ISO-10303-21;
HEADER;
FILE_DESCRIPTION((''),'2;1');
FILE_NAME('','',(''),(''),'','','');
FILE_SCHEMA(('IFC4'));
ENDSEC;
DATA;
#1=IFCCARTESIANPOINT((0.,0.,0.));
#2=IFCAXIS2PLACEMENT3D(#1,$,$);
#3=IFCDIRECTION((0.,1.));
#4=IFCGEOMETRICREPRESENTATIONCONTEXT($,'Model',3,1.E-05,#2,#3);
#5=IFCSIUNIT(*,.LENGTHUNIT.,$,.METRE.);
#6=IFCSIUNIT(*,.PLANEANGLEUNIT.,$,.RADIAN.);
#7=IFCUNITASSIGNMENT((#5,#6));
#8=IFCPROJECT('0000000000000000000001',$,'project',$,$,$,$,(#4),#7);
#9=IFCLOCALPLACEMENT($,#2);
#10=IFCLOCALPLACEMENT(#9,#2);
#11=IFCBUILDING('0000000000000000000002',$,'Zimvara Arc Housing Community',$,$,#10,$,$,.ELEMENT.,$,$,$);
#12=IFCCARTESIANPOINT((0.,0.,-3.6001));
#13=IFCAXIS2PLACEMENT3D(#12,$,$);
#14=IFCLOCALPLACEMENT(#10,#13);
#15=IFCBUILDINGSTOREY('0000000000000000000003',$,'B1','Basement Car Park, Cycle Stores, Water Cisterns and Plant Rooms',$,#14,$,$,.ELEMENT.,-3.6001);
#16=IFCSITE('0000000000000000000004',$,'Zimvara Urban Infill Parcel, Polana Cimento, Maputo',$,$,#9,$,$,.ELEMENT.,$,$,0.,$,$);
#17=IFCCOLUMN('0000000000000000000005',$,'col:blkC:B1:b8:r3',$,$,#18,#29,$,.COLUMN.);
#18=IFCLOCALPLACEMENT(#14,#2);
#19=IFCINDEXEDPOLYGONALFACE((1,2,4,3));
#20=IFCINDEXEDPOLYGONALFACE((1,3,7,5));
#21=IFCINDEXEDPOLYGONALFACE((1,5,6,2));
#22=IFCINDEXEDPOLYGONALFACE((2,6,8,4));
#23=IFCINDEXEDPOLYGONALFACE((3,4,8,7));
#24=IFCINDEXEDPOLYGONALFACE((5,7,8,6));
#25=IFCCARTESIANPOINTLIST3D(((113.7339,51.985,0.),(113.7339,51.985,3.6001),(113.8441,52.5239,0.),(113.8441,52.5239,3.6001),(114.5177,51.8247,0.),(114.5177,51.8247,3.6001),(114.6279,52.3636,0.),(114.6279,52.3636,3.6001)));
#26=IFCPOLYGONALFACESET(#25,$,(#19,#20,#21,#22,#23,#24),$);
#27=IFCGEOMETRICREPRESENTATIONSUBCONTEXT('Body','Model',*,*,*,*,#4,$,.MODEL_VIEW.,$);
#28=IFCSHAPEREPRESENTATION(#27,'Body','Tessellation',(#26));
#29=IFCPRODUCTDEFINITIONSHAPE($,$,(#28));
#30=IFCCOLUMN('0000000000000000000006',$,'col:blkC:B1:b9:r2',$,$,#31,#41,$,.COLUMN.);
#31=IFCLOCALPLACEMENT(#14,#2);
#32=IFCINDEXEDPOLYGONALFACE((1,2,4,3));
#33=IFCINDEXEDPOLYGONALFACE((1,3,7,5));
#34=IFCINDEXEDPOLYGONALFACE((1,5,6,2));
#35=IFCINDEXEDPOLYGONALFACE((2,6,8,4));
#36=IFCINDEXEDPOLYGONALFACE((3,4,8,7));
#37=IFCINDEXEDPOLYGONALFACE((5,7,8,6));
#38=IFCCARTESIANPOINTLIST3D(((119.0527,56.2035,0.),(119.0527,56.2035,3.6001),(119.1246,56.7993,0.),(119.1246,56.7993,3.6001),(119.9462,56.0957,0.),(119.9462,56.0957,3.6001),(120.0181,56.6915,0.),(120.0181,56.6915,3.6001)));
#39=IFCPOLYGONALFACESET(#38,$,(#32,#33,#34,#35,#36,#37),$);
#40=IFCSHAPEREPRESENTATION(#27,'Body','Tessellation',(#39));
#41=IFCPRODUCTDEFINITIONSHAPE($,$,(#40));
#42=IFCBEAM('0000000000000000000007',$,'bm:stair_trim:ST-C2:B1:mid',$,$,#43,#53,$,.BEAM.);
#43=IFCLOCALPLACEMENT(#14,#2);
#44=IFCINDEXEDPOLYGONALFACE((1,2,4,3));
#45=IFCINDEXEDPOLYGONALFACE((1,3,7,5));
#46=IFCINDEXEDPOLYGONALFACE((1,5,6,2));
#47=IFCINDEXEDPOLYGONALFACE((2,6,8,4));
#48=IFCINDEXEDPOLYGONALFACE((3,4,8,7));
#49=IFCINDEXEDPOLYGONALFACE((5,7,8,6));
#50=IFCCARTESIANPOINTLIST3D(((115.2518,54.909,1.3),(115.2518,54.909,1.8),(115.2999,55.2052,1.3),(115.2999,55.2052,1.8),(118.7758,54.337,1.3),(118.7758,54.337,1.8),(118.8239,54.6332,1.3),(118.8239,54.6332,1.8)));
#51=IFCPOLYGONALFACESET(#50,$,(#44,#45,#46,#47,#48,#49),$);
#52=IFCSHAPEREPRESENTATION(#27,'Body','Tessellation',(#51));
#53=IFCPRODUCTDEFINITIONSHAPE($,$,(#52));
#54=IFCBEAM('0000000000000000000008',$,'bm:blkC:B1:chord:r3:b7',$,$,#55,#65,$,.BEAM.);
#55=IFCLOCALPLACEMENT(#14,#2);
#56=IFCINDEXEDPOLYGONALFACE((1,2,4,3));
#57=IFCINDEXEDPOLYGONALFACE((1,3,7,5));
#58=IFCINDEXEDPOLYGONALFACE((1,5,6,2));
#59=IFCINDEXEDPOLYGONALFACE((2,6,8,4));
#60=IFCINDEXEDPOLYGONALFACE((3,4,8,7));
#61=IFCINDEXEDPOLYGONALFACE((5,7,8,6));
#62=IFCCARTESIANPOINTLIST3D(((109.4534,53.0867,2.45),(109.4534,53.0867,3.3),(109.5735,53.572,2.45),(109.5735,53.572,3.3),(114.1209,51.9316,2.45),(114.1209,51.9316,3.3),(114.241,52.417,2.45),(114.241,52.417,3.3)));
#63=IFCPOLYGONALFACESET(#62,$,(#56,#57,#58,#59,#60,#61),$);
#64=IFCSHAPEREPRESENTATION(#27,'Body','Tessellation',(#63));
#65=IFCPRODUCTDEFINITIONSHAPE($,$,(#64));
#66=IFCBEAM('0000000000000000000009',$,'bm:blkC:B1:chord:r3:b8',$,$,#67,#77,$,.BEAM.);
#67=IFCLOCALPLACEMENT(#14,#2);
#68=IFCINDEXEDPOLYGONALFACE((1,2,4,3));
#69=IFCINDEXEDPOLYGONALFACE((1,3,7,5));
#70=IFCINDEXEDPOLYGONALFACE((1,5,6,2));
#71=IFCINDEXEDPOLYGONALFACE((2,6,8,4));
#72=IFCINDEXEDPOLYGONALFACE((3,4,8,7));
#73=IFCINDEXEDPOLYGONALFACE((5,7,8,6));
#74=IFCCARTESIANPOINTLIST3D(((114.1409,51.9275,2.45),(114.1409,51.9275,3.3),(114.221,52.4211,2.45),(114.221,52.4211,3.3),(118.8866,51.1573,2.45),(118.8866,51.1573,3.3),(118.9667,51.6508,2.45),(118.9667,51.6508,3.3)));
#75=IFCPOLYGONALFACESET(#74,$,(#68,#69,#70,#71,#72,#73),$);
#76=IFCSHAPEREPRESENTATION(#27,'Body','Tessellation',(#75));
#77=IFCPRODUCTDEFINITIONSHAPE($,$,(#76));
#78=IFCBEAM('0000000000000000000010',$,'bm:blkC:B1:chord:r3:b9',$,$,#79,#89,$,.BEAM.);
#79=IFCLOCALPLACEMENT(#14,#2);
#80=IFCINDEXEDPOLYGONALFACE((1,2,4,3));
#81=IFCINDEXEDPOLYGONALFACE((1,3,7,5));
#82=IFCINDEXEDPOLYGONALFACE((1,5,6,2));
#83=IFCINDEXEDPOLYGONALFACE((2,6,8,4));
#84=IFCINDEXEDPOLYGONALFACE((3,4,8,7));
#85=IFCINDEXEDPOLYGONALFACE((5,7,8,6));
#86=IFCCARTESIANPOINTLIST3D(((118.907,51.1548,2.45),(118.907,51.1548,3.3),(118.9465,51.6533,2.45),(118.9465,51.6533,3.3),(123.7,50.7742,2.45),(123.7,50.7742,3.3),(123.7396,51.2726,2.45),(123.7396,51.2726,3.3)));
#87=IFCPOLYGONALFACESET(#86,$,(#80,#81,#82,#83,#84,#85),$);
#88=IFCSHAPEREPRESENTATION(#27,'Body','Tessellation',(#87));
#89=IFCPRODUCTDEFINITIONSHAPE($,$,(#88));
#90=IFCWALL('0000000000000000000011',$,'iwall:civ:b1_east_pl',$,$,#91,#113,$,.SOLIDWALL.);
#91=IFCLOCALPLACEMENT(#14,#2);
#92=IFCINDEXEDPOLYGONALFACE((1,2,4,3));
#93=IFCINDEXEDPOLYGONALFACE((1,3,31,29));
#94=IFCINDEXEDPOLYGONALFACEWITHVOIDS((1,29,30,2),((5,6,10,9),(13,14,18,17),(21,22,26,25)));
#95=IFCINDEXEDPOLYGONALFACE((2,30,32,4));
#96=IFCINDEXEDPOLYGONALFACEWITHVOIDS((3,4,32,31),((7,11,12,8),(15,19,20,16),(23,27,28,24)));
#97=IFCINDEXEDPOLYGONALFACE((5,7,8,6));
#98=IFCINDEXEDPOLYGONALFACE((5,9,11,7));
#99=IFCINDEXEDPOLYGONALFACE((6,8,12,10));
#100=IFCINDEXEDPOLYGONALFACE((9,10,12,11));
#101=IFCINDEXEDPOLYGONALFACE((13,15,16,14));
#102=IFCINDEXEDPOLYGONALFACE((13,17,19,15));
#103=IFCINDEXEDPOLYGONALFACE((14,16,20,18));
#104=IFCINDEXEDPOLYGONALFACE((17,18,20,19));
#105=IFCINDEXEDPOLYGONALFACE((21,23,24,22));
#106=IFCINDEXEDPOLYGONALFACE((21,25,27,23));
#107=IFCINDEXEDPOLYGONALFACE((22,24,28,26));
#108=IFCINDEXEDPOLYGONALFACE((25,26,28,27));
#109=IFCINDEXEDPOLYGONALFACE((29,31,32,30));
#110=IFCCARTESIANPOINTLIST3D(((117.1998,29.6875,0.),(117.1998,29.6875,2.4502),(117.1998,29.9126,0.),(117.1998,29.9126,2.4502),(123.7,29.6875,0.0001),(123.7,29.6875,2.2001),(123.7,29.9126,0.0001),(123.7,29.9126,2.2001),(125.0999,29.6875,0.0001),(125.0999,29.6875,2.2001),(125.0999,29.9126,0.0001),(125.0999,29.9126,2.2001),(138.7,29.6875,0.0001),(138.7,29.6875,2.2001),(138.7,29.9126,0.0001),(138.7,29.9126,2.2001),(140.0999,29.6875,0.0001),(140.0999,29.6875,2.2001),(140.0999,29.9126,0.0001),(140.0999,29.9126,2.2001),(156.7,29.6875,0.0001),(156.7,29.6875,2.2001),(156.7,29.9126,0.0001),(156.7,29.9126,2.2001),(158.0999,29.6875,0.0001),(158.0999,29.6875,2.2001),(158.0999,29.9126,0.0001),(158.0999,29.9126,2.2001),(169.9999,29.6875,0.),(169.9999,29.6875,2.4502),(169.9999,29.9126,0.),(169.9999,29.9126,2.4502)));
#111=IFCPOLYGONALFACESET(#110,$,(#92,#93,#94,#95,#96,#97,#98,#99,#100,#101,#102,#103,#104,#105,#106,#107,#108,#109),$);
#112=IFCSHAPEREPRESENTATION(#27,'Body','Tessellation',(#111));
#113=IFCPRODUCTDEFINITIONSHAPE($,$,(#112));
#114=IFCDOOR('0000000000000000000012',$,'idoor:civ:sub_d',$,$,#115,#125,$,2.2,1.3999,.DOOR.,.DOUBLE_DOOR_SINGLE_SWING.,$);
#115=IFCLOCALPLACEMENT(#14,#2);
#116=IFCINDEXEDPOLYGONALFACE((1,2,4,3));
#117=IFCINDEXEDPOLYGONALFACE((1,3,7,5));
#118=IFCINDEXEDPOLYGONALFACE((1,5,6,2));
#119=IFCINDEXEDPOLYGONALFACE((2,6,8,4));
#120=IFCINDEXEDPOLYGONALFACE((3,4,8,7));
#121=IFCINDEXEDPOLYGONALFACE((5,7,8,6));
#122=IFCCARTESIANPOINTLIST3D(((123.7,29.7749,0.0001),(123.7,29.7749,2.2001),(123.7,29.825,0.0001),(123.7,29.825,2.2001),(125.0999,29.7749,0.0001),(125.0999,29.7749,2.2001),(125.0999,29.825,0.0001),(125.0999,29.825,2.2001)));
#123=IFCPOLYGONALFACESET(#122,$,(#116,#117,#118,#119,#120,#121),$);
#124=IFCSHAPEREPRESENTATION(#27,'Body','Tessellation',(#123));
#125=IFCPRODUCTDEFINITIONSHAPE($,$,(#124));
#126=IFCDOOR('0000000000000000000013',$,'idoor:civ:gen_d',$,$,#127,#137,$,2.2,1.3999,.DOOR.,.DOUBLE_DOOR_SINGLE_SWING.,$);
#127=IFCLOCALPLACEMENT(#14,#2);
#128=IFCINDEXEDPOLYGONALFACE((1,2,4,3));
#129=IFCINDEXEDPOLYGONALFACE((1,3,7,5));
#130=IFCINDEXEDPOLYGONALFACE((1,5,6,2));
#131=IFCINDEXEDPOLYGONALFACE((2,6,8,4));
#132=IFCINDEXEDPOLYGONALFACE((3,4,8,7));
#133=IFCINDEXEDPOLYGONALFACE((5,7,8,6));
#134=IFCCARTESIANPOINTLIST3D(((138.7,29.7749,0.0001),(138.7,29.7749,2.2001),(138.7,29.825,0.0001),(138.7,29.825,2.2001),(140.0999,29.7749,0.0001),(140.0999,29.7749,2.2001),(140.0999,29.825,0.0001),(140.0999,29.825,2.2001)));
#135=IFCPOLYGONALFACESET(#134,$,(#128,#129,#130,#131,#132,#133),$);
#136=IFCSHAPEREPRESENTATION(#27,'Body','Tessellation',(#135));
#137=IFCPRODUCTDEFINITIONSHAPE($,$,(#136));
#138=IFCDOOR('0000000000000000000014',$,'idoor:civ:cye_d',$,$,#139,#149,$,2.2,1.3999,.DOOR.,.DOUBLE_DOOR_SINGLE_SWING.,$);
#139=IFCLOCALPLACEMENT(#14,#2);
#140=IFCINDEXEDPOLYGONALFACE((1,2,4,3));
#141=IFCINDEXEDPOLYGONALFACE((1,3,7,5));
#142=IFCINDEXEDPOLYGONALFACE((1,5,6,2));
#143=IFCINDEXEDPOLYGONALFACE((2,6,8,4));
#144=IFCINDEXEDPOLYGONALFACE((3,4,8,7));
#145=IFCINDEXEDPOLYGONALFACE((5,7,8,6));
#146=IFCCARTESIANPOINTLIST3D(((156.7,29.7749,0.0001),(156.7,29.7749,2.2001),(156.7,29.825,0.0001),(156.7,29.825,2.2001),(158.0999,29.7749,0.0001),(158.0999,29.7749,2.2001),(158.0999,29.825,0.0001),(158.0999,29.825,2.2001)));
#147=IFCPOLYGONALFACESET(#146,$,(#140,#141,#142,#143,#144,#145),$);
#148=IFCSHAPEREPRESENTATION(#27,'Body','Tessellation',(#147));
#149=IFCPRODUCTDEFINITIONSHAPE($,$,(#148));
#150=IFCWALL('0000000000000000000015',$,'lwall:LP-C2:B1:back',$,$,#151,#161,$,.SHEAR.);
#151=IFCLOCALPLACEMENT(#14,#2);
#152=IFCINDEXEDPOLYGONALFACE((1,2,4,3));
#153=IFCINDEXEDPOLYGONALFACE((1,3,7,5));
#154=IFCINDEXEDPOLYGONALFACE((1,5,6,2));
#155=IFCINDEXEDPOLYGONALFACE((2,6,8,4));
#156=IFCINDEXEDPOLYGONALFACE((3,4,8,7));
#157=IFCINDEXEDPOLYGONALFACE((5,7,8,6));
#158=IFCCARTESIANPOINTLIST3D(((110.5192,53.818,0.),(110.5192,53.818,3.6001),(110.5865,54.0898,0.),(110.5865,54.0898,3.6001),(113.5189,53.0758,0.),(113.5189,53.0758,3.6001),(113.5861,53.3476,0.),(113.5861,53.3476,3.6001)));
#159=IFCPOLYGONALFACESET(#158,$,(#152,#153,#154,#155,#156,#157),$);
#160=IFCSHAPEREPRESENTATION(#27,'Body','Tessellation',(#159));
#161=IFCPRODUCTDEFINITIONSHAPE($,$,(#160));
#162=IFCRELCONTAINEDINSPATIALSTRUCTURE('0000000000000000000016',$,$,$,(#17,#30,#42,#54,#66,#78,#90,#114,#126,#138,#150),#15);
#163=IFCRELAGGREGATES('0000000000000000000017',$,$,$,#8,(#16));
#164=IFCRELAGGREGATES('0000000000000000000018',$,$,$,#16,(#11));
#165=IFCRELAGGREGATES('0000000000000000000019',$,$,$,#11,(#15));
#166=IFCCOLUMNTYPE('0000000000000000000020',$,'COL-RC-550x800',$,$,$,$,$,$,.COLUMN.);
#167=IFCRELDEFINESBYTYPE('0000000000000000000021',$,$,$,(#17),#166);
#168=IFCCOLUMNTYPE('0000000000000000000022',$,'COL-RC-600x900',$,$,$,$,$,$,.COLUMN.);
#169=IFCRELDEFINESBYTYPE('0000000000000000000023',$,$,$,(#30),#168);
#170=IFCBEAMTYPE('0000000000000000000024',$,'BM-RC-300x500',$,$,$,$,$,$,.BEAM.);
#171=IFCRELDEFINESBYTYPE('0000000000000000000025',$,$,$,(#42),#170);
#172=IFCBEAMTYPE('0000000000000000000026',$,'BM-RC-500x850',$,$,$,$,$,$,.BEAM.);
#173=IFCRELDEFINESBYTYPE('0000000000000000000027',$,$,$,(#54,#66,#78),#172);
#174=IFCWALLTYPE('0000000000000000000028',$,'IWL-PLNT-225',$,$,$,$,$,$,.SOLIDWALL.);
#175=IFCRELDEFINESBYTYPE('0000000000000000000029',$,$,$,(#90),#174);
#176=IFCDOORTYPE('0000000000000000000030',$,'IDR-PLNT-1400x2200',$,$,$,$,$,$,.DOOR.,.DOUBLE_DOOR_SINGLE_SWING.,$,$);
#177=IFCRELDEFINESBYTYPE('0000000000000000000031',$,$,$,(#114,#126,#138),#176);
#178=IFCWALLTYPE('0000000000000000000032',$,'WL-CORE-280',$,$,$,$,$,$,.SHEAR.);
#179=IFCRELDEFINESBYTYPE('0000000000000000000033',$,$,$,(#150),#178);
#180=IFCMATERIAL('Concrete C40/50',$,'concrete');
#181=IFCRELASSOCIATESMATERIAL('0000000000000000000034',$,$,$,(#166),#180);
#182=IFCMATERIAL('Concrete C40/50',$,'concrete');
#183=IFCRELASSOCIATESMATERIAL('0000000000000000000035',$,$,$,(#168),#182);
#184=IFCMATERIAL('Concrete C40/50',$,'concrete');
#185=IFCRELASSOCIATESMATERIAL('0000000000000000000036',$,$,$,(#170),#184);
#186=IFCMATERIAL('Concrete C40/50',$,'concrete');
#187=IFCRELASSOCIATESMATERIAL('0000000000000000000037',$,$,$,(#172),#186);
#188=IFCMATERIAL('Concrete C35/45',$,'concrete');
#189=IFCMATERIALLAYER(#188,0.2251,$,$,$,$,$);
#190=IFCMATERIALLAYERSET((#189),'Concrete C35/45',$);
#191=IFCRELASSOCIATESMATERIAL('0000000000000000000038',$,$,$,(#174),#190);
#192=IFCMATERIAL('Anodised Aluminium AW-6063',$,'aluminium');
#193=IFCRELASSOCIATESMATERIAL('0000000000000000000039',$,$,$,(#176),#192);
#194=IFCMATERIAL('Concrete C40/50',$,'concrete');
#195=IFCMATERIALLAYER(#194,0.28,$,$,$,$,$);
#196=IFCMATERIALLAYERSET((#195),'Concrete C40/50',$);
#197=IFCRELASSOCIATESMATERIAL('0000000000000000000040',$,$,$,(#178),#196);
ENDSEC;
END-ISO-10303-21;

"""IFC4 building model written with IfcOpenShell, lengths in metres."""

from ifc_helpers import new_model, si_unit, direction, frame, frame_2d, origin, origin_2d, place, context, subcontext, project, spatial, rectangle, extrude, material, layer, layer_set, material_profile, profile_set, type_object, element, fill, save


model = new_model("IFC4")

# Units and contexts
model_context = context("Model", 3, precision=1e-05, world=origin(), true_north=direction((0.0, 1.0)))
body_context = subcontext(model_context, "Body", "Model", "MODEL_VIEW")
ifc_project = project(units=[si_unit("LENGTHUNIT", "METRE"), si_unit("PLANEANGLEUNIT", "RADIAN")], contexts=[model_context])

# Site, building, storey
site_placement = place(None, origin())
site = spatial("IfcSite", under=ifc_project, at=site_placement, Name="Zimvara Urban Infill Parcel, Polana Cimento, Maputo", CompositionType="ELEMENT", RefElevation=0.0)
building_placement = place(site_placement, origin())
building = spatial("IfcBuilding", under=site, at=building_placement, Name="Zimvara Arc Housing Community", CompositionType="ELEMENT")
storey_placement = place(building_placement, frame((0.0, 0.0, -3.6001)))
storey = spatial("IfcBuildingStorey", under=building, at=storey_placement, Name="B1", Description="Basement Car Park, Cycle Stores, Water Cisterns and Plant Rooms", CompositionType="ELEMENT", Elevation=-3.6001)

# Columns
ifc_material_1 = material(Name="Concrete C40/50", Category="concrete")
ifc_material_profile_1 = material_profile(ifc_material_1, rectangle(XDim=0.55, YDim=0.8, at=origin_2d()), Name="RC 550x800")
ifc_profile_set_1 = profile_set([ifc_material_profile_1], Name="Concrete C40/50")
column_type_1 = type_object("IfcColumnType", Name="COL-RC-550x800", PredefinedType="COLUMN", material=ifc_profile_set_1)
column_1_placement = place(storey_placement, frame((114.1809, 52.1743, 0.0), z_axis=(0.0, 0.0, 1.0), x_axis=(-0.200394, -0.979715, 0.0)))
element("IfcColumn", 1, at=column_1_placement, inside=storey, type_object=column_type_1, Name="col:blkC:B1:b8:r3", PredefinedType="COLUMN", context=body_context, shape_type="SweptSolid", body=[
    extrude(rectangle(XDim=0.55, YDim=0.8, at=origin_2d()), origin(), (0.0, 0.0, 1.0), 3.6001),
])
ifc_material_2 = material(Name="Concrete C40/50", Category="concrete")
ifc_material_profile_2 = material_profile(ifc_material_2, rectangle(XDim=0.6001, YDim=0.8999, at=origin_2d()), Name="RC 600x900")
ifc_profile_set_2 = profile_set([ifc_material_profile_2], Name="Concrete C40/50")
column_type_2 = type_object("IfcColumnType", Name="COL-RC-600x900", PredefinedType="COLUMN", material=ifc_profile_set_2)
column_2_placement = place(storey_placement, frame((119.5354, 56.4475, 0.0), z_axis=(0.0, 0.0, 1.0), x_axis=(-0.11979, -0.992799, 0.0)))
element("IfcColumn", 2, at=column_2_placement, inside=storey, type_object=column_type_2, Name="col:blkC:B1:b9:r2", PredefinedType="COLUMN", context=body_context, shape_type="SweptSolid", body=[
    extrude(rectangle(XDim=0.6001, YDim=0.8999, at=origin_2d()), origin(), (0.0, 0.0, 1.0), 3.6001),
])

# Beams
ifc_material_3 = material(Name="Concrete C40/50", Category="concrete")
ifc_material_profile_3 = material_profile(ifc_material_3, rectangle(XDim=0.3, YDim=0.5, at=origin_2d()), Name="RC 300x500")
ifc_profile_set_3 = profile_set([ifc_material_profile_3], Name="Concrete C40/50")
beam_type_1 = type_object("IfcBeamType", Name="BM-RC-300x500", PredefinedType="BEAM", material=ifc_profile_set_3)
beam_1_placement = place(storey_placement, frame((115.2759, 55.0571, 1.55), z_axis=(0.98708, -0.160228, 0.0), x_axis=(0.160228, 0.98708, 0.0)))
element("IfcBeam", 3, at=beam_1_placement, inside=storey, type_object=beam_type_1, Name="bm:stair_trim:ST-C2:B1:mid", PredefinedType="BEAM", context=body_context, shape_type="SweptSolid", body=[
    extrude(rectangle(XDim=0.3, YDim=0.5, at=origin_2d()), origin(), (0.0, 0.0, 1.0), 3.5701),
])
ifc_material_4 = material(Name="Concrete C40/50", Category="concrete")
ifc_material_profile_4 = material_profile(ifc_material_4, rectangle(XDim=0.5, YDim=0.8501, at=origin_2d()), Name="RC 500x850")
ifc_profile_set_4 = profile_set([ifc_material_profile_4], Name="Concrete C40/50")
beam_type_2 = type_object("IfcBeamType", Name="BM-RC-500x850", PredefinedType="BEAM", material=ifc_profile_set_4)
beam_2_placement = place(storey_placement, frame((109.5134, 53.3293, 2.875), z_axis=(0.970719, -0.240217, 0.0), x_axis=(0.240217, 0.970719, 0.0)))
element("IfcBeam", 4, at=beam_2_placement, inside=storey, type_object=beam_type_2, Name="bm:blkC:B1:chord:r3:b7", PredefinedType="BEAM", context=body_context, shape_type="SweptSolid", body=[
    extrude(rectangle(XDim=0.5, YDim=0.8501, at=origin_2d()), origin(), (0.0, 0.0, 1.0), 4.8083),
])
beam_3_placement = place(storey_placement, frame((114.1809, 52.1743, 2.875), z_axis=(0.987084, -0.160206, 0.0), x_axis=(0.160206, 0.987084, 0.0)))
element("IfcBeam", 5, at=beam_3_placement, inside=storey, type_object=beam_type_2, Name="bm:blkC:B1:chord:r3:b8", PredefinedType="BEAM", context=body_context, shape_type="SweptSolid", body=[
    extrude(rectangle(XDim=0.5, YDim=0.8501, at=origin_2d()), origin(), (0.0, 0.0, 1.0), 4.8079),
])
beam_4_placement = place(storey_placement, frame((118.9268, 51.4041, 2.875), z_axis=(0.996862, -0.079162, 0.0), x_axis=(0.079162, 0.996862, 0.0)))
element("IfcBeam", 6, at=beam_4_placement, inside=storey, type_object=beam_type_2, Name="bm:blkC:B1:chord:r3:b9", PredefinedType="BEAM", context=body_context, shape_type="SweptSolid", body=[
    extrude(rectangle(XDim=0.5, YDim=0.8501, at=origin_2d()), origin(), (0.0, 0.0, 1.0), 4.8081),
])

# Wall, openings, doors
ifc_material_5 = material(Name="Concrete C35/45", Category="concrete")
ifc_layer_1 = layer(ifc_material_5, 0.2251)
ifc_layer_set_1 = layer_set([ifc_layer_1], Name="Concrete C35/45")
wall_type_1 = type_object("IfcWallType", Name="IWL-PLNT-225", PredefinedType="SOLIDWALL", material=ifc_layer_set_1)
wall_1_placement = place(storey_placement, frame((117.2, 29.8, 0.0), z_axis=(0.0, 0.0, 1.0), x_axis=(1.0, 0.0, 0.0)))
wall_1 = element("IfcWall", 7, at=wall_1_placement, inside=storey, type_object=wall_type_1, Name="iwall:civ:b1_east_pl", PredefinedType="SOLIDWALL", context=body_context, shape_type="SweptSolid", body=[
    extrude(rectangle(XDim=52.8, YDim=0.2251, at=frame_2d((26.3999, 0.0))), origin(), (0.0, 0.0, 1.0), 2.4502),
])
opening_1_placement = place(wall_1_placement, frame((6.5, 0.0, 0.0)))
opening_1 = element("IfcOpeningElement", 8, at=opening_1_placement, cuts=wall_1, PredefinedType="OPENING", context=body_context, shape_type="SweptSolid", body=[
    extrude(rectangle(XDim=1.3999, YDim=2.2, at=frame_2d((0.7, 1.1001))), frame((0.0, 0.1226, 0.0), z_axis=(0.0, -1.0, 0.0), x_axis=(1.0, 0.0, 0.0)), (0.0, 0.0, 1.0), 0.2451),
])
opening_2_placement = place(wall_1_placement, frame((21.5, 0.0, 0.0)))
opening_2 = element("IfcOpeningElement", 9, at=opening_2_placement, cuts=wall_1, PredefinedType="OPENING", context=body_context, shape_type="SweptSolid", body=[
    extrude(rectangle(XDim=1.3999, YDim=2.2, at=frame_2d((0.7, 1.1001))), frame((0.0, 0.1226, 0.0), z_axis=(0.0, -1.0, 0.0), x_axis=(1.0, 0.0, 0.0)), (0.0, 0.0, 1.0), 0.2451),
])
opening_3_placement = place(wall_1_placement, frame((39.5, 0.0, 0.0)))
opening_3 = element("IfcOpeningElement", 10, at=opening_3_placement, cuts=wall_1, PredefinedType="OPENING", context=body_context, shape_type="SweptSolid", body=[
    extrude(rectangle(XDim=1.3999, YDim=2.2, at=frame_2d((0.7, 1.1001))), frame((0.0, 0.1226, 0.0), z_axis=(0.0, -1.0, 0.0), x_axis=(1.0, 0.0, 0.0)), (0.0, 0.0, 1.0), 0.2451),
])
ifc_material_6 = material(Name="Anodised Aluminium AW-6063", Category="aluminium")
door_type_1 = type_object("IfcDoorType", Name="IDR-PLNT-1400x2200", OperationType="DOUBLE_DOOR_SINGLE_SWING", PredefinedType="DOOR", material=ifc_material_6)
door_1_placement = place(opening_1_placement, origin())
door_1 = element("IfcDoor", 11, at=door_1_placement, inside=storey, type_object=door_type_1, Name="idoor:civ:sub_d", OperationType="DOUBLE_DOOR_SINGLE_SWING", OverallHeight=2.2, OverallWidth=1.3999, PredefinedType="DOOR", context=body_context, shape_type="SweptSolid", body=[
    extrude(rectangle(XDim=1.3999, YDim=2.2, at=frame_2d((0.7, 1.1001))), frame((0.0, 0.0249, 0.0), z_axis=(0.0, -1.0, 0.0), x_axis=(1.0, 0.0, 0.0)), (0.0, 0.0, 1.0), 0.05),
])
fill(opening_1, door_1)
door_2_placement = place(opening_2_placement, origin())
door_2 = element("IfcDoor", 12, at=door_2_placement, inside=storey, type_object=door_type_1, Name="idoor:civ:gen_d", OperationType="DOUBLE_DOOR_SINGLE_SWING", OverallHeight=2.2, OverallWidth=1.3999, PredefinedType="DOOR", context=body_context, shape_type="SweptSolid", body=[
    extrude(rectangle(XDim=1.3999, YDim=2.2, at=frame_2d((0.7, 1.1001))), frame((0.0, 0.0249, 0.0), z_axis=(0.0, -1.0, 0.0), x_axis=(1.0, 0.0, 0.0)), (0.0, 0.0, 1.0), 0.05),
])
fill(opening_2, door_2)
door_3_placement = place(opening_3_placement, origin())
door_3 = element("IfcDoor", 13, at=door_3_placement, inside=storey, type_object=door_type_1, Name="idoor:civ:cye_d", OperationType="DOUBLE_DOOR_SINGLE_SWING", OverallHeight=2.2, OverallWidth=1.3999, PredefinedType="DOOR", context=body_context, shape_type="SweptSolid", body=[
    extrude(rectangle(XDim=1.3999, YDim=2.2, at=frame_2d((0.7, 1.1001))), frame((0.0, 0.0249, 0.0), z_axis=(0.0, -1.0, 0.0), x_axis=(1.0, 0.0, 0.0)), (0.0, 0.0, 1.0), 0.05),
])
fill(opening_3, door_3)

# Shared definitions
ifc_material_7 = material(Name="Concrete C40/50", Category="concrete")
ifc_layer_2 = layer(ifc_material_7, 0.28)
ifc_layer_set_2 = layer_set([ifc_layer_2], Name="Concrete C40/50")
wall_type_2 = type_object("IfcWallType", Name="WL-CORE-280", PredefinedType="SHEAR", material=ifc_layer_set_2)

# Wall
wall_2_placement = place(storey_placement, frame((110.553, 53.9539, 0.0), z_axis=(0.0, 0.0, 1.0), x_axis=(0.970725, -0.240192, 0.0)))
element("IfcWall", 14, at=wall_2_placement, inside=storey, type_object=wall_type_2, Name="lwall:LP-C2:B1:back", PredefinedType="SHEAR", context=body_context, shape_type="SweptSolid", body=[
    extrude(rectangle(XDim=3.0901, YDim=0.28, at=frame_2d((1.5449, 0.0))), origin(), (0.0, 0.0, 1.0), 3.6001),
])

save(model, "model.ifc")
